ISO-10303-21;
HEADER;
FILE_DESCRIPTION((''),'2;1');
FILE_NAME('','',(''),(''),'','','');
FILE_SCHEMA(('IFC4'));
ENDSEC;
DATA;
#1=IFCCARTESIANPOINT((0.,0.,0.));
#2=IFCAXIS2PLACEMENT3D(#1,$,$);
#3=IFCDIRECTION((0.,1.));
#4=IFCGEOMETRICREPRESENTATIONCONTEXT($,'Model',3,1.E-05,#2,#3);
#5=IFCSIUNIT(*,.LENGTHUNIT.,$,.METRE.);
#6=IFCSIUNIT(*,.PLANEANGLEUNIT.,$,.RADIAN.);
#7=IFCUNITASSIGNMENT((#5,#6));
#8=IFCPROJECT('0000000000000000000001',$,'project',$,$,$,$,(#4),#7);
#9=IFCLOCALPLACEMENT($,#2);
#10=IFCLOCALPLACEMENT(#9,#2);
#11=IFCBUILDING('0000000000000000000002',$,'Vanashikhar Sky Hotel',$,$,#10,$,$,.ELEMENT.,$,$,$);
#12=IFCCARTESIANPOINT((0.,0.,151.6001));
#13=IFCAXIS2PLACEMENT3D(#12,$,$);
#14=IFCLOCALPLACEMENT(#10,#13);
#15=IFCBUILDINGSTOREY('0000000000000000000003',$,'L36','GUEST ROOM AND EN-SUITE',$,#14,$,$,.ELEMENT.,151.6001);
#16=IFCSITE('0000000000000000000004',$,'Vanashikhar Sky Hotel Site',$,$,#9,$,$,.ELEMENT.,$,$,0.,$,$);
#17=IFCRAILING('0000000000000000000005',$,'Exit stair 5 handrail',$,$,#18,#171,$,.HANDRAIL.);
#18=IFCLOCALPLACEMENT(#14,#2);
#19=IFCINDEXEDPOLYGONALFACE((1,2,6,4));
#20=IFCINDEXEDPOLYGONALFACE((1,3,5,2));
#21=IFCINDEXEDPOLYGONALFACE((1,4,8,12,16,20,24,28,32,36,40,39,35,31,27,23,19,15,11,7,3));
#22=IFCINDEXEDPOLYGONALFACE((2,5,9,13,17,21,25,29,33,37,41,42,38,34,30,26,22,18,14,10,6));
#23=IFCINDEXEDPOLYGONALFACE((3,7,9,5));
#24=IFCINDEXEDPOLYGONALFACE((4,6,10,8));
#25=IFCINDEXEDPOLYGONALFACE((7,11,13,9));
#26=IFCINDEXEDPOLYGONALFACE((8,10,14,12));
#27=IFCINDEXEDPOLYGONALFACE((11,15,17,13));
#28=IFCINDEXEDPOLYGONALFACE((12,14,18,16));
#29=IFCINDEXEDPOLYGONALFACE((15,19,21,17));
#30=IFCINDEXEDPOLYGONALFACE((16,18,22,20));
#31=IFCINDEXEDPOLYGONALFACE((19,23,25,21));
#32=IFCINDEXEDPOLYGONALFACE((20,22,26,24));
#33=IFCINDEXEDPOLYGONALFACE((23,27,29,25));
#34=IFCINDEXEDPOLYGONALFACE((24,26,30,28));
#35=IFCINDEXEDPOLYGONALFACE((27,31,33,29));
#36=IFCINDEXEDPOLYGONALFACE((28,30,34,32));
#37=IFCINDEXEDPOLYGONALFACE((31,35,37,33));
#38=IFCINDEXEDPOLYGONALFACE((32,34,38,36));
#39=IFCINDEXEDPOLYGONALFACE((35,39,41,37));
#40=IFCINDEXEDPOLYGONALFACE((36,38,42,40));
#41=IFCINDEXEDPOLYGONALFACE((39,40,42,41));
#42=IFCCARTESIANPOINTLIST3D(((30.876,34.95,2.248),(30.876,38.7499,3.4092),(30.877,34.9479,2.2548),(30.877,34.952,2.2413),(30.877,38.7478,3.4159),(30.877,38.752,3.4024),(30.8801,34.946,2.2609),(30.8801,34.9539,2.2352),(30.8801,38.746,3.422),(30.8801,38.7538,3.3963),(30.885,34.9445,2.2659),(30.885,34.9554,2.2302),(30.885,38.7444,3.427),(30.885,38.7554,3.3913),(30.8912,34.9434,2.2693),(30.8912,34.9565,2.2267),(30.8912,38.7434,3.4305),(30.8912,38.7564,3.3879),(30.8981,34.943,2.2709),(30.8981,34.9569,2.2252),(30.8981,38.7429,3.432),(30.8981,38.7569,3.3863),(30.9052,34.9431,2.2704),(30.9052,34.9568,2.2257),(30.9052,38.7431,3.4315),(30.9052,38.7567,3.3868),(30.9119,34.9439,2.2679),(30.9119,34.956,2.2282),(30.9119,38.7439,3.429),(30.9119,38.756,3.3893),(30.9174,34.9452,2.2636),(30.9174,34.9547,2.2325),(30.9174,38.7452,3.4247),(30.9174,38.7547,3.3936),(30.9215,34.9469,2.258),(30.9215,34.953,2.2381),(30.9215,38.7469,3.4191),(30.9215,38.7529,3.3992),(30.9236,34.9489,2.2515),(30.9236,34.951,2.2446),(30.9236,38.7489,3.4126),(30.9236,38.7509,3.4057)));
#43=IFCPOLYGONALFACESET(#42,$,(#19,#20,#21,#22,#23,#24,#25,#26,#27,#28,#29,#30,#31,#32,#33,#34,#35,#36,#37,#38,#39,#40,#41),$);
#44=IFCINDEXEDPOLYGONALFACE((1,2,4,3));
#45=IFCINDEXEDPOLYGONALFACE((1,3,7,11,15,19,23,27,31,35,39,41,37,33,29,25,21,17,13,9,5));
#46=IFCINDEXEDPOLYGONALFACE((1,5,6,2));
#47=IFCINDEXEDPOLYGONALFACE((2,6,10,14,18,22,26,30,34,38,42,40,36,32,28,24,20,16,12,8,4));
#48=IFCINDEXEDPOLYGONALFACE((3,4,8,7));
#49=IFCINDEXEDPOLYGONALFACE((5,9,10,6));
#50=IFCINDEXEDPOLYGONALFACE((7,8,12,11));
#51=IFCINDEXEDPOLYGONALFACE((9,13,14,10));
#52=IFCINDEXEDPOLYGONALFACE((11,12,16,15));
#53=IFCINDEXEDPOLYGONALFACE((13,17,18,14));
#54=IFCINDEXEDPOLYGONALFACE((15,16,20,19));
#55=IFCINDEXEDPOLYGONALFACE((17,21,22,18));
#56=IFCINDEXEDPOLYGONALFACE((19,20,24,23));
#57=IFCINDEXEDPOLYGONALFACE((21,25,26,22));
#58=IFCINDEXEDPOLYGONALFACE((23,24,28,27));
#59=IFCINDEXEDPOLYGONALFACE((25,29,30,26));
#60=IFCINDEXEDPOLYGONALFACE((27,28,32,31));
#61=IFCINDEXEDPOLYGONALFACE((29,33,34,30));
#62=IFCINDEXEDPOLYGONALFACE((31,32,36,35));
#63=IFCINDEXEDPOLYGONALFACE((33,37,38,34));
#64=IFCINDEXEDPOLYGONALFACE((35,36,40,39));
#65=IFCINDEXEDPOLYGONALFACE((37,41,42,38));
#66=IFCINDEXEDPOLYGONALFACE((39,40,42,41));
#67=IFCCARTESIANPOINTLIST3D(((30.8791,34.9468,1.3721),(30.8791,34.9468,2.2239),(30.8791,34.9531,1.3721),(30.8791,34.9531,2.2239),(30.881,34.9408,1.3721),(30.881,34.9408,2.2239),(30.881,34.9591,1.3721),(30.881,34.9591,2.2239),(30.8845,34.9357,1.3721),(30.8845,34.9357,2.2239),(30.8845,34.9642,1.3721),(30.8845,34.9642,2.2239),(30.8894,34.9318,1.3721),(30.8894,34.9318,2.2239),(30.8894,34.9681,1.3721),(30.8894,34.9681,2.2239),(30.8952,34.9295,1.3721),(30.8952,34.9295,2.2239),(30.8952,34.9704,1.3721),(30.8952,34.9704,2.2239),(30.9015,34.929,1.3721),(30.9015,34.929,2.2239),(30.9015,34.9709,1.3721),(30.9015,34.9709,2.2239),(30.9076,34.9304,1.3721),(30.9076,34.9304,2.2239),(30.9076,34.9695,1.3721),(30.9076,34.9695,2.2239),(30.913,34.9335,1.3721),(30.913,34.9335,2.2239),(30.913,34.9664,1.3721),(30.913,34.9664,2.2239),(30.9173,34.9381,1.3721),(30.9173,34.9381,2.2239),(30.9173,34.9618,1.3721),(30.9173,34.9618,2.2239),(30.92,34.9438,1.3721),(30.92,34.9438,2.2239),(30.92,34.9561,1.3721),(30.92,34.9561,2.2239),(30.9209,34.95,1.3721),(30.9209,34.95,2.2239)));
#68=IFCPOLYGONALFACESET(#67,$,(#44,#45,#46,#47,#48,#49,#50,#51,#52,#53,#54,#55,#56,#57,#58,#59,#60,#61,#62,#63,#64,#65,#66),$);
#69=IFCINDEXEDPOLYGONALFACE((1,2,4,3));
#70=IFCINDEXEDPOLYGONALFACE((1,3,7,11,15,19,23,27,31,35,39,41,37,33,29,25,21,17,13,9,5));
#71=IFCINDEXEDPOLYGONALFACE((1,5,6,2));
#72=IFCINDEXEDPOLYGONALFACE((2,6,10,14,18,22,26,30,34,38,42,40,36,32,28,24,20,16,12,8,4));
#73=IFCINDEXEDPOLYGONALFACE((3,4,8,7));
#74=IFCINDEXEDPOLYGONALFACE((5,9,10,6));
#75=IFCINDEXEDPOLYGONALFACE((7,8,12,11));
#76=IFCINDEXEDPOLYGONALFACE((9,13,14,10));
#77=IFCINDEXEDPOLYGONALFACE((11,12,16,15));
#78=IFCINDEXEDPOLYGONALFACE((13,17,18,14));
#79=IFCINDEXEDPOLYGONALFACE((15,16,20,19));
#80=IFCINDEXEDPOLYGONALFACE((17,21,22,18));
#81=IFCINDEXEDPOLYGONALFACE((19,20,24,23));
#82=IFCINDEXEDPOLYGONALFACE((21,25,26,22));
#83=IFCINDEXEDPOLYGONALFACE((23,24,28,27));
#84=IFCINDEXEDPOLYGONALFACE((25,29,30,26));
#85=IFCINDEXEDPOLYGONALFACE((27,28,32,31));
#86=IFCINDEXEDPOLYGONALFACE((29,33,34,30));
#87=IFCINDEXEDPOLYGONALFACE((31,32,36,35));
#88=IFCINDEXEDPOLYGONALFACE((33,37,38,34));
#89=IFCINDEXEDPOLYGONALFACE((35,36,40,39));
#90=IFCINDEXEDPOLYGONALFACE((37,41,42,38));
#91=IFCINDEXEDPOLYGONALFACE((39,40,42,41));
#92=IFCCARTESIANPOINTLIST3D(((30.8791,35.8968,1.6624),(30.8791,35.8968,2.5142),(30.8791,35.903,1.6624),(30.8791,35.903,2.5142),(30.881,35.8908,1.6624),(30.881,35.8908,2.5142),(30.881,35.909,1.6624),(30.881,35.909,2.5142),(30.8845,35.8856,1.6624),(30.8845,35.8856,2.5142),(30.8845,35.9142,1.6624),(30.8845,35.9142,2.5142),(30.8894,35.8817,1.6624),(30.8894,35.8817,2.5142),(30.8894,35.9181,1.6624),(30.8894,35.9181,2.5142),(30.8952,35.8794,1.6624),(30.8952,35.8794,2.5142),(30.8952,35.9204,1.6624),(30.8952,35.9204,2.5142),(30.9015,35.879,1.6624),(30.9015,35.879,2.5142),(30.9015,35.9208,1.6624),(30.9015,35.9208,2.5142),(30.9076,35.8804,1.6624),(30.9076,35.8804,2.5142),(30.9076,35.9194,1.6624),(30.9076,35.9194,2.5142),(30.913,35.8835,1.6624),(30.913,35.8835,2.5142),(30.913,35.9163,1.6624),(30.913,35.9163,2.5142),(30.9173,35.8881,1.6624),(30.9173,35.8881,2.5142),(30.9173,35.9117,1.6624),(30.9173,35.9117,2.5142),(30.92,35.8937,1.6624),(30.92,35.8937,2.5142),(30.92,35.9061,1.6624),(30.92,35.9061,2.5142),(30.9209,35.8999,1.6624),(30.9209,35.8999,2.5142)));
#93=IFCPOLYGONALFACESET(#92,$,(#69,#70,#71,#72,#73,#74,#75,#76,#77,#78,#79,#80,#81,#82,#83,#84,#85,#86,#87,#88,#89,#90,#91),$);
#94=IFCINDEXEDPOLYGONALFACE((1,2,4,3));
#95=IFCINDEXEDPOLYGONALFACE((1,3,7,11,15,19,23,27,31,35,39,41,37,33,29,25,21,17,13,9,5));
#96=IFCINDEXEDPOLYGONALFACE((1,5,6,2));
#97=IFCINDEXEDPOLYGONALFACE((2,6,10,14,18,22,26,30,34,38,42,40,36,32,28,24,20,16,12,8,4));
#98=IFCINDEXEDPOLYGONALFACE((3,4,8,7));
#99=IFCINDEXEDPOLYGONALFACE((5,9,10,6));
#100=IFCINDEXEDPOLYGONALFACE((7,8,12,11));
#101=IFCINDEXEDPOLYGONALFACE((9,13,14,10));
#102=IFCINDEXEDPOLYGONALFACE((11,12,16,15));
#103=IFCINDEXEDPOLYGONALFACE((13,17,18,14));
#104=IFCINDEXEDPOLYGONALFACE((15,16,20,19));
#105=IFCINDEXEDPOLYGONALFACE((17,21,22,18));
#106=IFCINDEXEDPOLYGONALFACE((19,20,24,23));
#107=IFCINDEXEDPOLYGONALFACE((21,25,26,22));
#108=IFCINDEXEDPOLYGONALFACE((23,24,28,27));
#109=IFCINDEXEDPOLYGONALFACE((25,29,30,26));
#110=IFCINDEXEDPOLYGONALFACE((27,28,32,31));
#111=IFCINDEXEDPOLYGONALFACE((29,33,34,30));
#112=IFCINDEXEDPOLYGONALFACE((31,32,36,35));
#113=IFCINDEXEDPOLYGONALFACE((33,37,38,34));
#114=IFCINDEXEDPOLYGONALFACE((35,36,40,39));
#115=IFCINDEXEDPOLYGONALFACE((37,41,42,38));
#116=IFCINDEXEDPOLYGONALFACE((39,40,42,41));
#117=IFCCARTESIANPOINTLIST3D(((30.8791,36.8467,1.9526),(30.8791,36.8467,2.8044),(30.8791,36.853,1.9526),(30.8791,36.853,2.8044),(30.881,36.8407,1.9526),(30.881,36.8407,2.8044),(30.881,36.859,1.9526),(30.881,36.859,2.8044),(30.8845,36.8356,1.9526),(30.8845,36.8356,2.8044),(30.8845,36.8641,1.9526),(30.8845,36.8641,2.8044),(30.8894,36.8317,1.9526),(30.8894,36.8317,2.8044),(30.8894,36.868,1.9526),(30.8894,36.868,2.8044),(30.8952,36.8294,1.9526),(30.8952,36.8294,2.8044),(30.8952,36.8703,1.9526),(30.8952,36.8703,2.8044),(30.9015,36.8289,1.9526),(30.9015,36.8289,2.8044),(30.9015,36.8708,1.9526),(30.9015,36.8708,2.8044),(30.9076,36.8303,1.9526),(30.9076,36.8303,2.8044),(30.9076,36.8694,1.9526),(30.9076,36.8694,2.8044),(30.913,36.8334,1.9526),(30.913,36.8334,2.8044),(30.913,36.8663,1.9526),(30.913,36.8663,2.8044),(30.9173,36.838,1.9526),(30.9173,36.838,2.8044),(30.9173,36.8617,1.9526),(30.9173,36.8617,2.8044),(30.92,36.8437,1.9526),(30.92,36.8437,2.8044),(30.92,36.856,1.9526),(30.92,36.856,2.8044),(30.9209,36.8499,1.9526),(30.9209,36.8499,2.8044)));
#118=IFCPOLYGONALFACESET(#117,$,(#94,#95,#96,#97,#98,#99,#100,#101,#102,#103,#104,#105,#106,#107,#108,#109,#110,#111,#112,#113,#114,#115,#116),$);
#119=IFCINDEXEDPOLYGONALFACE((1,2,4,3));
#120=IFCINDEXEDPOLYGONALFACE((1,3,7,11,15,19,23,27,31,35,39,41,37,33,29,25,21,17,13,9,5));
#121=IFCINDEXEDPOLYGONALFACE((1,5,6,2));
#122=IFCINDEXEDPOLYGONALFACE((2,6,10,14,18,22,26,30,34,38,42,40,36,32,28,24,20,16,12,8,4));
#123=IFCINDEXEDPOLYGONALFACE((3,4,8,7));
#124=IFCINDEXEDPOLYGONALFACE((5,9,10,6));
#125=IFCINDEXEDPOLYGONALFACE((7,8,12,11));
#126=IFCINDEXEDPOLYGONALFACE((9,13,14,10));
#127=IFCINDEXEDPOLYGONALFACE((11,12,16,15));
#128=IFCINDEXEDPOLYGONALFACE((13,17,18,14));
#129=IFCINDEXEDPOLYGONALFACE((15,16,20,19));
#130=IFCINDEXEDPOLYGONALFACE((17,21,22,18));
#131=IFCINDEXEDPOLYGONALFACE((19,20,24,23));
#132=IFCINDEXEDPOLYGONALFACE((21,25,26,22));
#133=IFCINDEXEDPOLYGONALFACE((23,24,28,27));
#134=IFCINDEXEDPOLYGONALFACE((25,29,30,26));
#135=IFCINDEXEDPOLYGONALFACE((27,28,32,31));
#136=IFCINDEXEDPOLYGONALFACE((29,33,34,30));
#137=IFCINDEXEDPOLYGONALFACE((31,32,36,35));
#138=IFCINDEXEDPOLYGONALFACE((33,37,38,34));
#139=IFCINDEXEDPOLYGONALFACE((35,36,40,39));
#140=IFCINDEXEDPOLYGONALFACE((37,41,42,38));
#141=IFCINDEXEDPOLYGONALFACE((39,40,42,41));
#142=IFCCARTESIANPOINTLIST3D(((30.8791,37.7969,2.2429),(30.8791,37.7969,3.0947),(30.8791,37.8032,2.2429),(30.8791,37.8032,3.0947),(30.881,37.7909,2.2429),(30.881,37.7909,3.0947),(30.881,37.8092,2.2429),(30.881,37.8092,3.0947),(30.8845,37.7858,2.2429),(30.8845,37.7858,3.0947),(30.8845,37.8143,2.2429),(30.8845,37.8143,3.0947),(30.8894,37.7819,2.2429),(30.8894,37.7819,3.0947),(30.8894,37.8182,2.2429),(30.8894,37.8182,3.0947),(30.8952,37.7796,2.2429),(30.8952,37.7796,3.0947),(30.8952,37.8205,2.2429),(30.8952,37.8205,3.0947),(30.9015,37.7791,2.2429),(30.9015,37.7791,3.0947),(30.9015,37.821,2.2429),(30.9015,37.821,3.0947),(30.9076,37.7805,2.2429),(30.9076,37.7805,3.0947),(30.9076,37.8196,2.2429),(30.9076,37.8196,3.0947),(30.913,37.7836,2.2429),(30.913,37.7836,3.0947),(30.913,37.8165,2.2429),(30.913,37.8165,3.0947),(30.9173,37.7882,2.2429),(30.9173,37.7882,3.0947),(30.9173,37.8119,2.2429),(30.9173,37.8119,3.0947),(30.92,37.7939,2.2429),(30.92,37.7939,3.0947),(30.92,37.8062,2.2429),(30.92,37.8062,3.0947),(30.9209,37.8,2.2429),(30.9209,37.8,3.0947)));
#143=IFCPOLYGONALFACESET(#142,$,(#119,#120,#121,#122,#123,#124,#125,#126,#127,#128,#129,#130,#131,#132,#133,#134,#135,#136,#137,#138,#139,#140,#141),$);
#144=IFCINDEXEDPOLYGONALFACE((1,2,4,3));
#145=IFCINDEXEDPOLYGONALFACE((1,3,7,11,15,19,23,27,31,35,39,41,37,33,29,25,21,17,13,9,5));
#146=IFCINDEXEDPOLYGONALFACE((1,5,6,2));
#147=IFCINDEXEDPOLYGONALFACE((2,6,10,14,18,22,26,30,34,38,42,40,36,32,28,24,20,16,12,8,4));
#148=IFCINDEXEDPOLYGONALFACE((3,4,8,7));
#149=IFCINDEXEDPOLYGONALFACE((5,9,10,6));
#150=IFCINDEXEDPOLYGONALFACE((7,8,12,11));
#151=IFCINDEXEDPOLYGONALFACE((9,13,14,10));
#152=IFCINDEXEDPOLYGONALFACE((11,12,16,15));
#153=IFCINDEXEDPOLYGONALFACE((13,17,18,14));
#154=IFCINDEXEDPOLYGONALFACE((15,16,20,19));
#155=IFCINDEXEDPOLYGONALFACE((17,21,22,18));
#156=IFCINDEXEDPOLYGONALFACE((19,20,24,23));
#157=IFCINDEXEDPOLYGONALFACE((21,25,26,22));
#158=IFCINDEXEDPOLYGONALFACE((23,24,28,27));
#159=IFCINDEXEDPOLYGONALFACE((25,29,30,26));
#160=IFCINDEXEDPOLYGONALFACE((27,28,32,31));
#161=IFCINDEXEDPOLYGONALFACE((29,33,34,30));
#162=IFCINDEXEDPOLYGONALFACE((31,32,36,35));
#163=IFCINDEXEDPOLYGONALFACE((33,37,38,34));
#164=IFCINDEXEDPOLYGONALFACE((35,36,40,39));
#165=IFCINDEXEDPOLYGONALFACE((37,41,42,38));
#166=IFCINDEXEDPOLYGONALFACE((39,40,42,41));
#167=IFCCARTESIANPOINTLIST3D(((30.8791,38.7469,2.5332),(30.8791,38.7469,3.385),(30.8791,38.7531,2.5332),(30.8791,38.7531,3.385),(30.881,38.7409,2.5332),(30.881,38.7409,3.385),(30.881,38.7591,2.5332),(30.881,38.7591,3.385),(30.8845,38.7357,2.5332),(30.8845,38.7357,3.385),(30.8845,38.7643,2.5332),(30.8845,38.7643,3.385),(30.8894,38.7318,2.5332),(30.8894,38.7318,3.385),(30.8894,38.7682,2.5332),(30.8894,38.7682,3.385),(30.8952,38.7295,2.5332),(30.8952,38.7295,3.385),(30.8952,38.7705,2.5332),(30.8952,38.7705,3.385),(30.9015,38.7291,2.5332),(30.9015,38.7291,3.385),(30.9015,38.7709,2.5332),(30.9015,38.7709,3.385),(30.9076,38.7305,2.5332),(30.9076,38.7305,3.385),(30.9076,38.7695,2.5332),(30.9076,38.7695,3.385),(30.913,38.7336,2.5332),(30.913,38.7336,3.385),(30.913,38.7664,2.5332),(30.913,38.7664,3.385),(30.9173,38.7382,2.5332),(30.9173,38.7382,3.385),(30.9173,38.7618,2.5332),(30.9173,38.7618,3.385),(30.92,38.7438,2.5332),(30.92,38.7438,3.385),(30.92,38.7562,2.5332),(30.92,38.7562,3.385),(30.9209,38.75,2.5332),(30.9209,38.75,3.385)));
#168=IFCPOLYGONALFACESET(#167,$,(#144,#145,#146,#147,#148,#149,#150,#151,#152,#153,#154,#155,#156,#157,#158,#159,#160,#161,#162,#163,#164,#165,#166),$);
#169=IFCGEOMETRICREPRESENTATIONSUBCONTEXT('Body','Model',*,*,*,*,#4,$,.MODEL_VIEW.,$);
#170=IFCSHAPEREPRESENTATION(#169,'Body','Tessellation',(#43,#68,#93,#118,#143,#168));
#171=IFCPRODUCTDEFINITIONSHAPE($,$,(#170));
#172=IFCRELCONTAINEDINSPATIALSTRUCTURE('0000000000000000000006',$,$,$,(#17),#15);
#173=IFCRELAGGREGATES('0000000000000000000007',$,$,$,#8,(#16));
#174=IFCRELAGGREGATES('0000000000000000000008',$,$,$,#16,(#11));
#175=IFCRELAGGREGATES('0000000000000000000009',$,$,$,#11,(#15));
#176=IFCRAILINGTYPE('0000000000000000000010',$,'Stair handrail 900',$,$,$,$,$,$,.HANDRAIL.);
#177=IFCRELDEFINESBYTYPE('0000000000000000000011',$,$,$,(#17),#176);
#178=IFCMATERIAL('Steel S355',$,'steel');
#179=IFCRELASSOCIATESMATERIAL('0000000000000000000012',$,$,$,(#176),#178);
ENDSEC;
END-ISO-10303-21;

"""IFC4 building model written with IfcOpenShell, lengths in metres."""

from ifc_helpers import new_model, si_unit, direction, frame, origin, origin_2d, place, context, subcontext, project, spatial, circle, extrude, source, transform, mapped, material, type_object, element, save


model = new_model("IFC4")

# Units and contexts
model_context = context("Model", 3, precision=1e-05, world=origin(), true_north=direction((0.0, 1.0)))
body_context = subcontext(model_context, "Body", "Model", "MODEL_VIEW")
ifc_project = project(units=[si_unit("LENGTHUNIT", "METRE"), si_unit("PLANEANGLEUNIT", "RADIAN")], contexts=[model_context])

# Site, building, storey
site_placement = place(None, origin())
site = spatial("IfcSite", under=ifc_project, at=site_placement, Name="Vanashikhar Sky Hotel Site", CompositionType="ELEMENT", RefElevation=0.0)
building_placement = place(site_placement, origin())
building = spatial("IfcBuilding", under=site, at=building_placement, Name="Vanashikhar Sky Hotel", CompositionType="ELEMENT")
storey_placement = place(building_placement, frame((0.0, 0.0, 151.6001)))
storey = spatial("IfcBuildingStorey", under=building, at=storey_placement, Name="L36", Description="GUEST ROOM AND EN-SUITE", CompositionType="ELEMENT", Elevation=151.6001)

# Railing
ifc_material_1 = material(Name="Steel S355", Category="steel")
railing_type_1 = type_object("IfcRailingType", Name="Stair handrail 900", PredefinedType="HANDRAIL", material=ifc_material_1)
shared_shape_1 = source(origin(), body_context, "Body", "SweptSolid", [
    extrude(circle(Radius=0.0239, at=origin_2d()), frame((0.0, 0.0, 0.876), z_axis=(0.0, 0.956351, 0.29222), x_axis=(-1.0, 0.0, 0.0)), (0.0, 0.0, 1.0), 3.9734),
    extrude(circle(Radius=0.021, at=origin_2d()), origin(), (0.0, 0.0, 1.0), 0.8518),
    extrude(circle(Radius=0.021, at=origin_2d()), frame((0.0, 0.95, 0.2903)), (0.0, 0.0, 1.0), 0.8518),
    extrude(circle(Radius=0.021, at=origin_2d()), frame((0.0, 1.8999, 0.5806)), (0.0, 0.0, 1.0), 0.8518),
    extrude(circle(Radius=0.021, at=origin_2d()), frame((0.0, 2.8501, 0.8708)), (0.0, 0.0, 1.0), 0.8518),
    extrude(circle(Radius=0.021, at=origin_2d()), frame((0.0, 3.8, 1.1611)), (0.0, 0.0, 1.0), 0.8518),
])
railing_1_placement = place(storey_placement, frame((30.8999, 34.95, 1.3721)))
element("IfcRailing", 1, at=railing_1_placement, inside=storey, type_object=railing_type_1, Name="Exit stair 5 handrail", PredefinedType="HANDRAIL", context=body_context, shape_type="MappedRepresentation", body=[
    mapped(shared_shape_1, transform((0.0, 0.0, 0.0), scale=1.0)),
])

save(model, "model.ifc")
